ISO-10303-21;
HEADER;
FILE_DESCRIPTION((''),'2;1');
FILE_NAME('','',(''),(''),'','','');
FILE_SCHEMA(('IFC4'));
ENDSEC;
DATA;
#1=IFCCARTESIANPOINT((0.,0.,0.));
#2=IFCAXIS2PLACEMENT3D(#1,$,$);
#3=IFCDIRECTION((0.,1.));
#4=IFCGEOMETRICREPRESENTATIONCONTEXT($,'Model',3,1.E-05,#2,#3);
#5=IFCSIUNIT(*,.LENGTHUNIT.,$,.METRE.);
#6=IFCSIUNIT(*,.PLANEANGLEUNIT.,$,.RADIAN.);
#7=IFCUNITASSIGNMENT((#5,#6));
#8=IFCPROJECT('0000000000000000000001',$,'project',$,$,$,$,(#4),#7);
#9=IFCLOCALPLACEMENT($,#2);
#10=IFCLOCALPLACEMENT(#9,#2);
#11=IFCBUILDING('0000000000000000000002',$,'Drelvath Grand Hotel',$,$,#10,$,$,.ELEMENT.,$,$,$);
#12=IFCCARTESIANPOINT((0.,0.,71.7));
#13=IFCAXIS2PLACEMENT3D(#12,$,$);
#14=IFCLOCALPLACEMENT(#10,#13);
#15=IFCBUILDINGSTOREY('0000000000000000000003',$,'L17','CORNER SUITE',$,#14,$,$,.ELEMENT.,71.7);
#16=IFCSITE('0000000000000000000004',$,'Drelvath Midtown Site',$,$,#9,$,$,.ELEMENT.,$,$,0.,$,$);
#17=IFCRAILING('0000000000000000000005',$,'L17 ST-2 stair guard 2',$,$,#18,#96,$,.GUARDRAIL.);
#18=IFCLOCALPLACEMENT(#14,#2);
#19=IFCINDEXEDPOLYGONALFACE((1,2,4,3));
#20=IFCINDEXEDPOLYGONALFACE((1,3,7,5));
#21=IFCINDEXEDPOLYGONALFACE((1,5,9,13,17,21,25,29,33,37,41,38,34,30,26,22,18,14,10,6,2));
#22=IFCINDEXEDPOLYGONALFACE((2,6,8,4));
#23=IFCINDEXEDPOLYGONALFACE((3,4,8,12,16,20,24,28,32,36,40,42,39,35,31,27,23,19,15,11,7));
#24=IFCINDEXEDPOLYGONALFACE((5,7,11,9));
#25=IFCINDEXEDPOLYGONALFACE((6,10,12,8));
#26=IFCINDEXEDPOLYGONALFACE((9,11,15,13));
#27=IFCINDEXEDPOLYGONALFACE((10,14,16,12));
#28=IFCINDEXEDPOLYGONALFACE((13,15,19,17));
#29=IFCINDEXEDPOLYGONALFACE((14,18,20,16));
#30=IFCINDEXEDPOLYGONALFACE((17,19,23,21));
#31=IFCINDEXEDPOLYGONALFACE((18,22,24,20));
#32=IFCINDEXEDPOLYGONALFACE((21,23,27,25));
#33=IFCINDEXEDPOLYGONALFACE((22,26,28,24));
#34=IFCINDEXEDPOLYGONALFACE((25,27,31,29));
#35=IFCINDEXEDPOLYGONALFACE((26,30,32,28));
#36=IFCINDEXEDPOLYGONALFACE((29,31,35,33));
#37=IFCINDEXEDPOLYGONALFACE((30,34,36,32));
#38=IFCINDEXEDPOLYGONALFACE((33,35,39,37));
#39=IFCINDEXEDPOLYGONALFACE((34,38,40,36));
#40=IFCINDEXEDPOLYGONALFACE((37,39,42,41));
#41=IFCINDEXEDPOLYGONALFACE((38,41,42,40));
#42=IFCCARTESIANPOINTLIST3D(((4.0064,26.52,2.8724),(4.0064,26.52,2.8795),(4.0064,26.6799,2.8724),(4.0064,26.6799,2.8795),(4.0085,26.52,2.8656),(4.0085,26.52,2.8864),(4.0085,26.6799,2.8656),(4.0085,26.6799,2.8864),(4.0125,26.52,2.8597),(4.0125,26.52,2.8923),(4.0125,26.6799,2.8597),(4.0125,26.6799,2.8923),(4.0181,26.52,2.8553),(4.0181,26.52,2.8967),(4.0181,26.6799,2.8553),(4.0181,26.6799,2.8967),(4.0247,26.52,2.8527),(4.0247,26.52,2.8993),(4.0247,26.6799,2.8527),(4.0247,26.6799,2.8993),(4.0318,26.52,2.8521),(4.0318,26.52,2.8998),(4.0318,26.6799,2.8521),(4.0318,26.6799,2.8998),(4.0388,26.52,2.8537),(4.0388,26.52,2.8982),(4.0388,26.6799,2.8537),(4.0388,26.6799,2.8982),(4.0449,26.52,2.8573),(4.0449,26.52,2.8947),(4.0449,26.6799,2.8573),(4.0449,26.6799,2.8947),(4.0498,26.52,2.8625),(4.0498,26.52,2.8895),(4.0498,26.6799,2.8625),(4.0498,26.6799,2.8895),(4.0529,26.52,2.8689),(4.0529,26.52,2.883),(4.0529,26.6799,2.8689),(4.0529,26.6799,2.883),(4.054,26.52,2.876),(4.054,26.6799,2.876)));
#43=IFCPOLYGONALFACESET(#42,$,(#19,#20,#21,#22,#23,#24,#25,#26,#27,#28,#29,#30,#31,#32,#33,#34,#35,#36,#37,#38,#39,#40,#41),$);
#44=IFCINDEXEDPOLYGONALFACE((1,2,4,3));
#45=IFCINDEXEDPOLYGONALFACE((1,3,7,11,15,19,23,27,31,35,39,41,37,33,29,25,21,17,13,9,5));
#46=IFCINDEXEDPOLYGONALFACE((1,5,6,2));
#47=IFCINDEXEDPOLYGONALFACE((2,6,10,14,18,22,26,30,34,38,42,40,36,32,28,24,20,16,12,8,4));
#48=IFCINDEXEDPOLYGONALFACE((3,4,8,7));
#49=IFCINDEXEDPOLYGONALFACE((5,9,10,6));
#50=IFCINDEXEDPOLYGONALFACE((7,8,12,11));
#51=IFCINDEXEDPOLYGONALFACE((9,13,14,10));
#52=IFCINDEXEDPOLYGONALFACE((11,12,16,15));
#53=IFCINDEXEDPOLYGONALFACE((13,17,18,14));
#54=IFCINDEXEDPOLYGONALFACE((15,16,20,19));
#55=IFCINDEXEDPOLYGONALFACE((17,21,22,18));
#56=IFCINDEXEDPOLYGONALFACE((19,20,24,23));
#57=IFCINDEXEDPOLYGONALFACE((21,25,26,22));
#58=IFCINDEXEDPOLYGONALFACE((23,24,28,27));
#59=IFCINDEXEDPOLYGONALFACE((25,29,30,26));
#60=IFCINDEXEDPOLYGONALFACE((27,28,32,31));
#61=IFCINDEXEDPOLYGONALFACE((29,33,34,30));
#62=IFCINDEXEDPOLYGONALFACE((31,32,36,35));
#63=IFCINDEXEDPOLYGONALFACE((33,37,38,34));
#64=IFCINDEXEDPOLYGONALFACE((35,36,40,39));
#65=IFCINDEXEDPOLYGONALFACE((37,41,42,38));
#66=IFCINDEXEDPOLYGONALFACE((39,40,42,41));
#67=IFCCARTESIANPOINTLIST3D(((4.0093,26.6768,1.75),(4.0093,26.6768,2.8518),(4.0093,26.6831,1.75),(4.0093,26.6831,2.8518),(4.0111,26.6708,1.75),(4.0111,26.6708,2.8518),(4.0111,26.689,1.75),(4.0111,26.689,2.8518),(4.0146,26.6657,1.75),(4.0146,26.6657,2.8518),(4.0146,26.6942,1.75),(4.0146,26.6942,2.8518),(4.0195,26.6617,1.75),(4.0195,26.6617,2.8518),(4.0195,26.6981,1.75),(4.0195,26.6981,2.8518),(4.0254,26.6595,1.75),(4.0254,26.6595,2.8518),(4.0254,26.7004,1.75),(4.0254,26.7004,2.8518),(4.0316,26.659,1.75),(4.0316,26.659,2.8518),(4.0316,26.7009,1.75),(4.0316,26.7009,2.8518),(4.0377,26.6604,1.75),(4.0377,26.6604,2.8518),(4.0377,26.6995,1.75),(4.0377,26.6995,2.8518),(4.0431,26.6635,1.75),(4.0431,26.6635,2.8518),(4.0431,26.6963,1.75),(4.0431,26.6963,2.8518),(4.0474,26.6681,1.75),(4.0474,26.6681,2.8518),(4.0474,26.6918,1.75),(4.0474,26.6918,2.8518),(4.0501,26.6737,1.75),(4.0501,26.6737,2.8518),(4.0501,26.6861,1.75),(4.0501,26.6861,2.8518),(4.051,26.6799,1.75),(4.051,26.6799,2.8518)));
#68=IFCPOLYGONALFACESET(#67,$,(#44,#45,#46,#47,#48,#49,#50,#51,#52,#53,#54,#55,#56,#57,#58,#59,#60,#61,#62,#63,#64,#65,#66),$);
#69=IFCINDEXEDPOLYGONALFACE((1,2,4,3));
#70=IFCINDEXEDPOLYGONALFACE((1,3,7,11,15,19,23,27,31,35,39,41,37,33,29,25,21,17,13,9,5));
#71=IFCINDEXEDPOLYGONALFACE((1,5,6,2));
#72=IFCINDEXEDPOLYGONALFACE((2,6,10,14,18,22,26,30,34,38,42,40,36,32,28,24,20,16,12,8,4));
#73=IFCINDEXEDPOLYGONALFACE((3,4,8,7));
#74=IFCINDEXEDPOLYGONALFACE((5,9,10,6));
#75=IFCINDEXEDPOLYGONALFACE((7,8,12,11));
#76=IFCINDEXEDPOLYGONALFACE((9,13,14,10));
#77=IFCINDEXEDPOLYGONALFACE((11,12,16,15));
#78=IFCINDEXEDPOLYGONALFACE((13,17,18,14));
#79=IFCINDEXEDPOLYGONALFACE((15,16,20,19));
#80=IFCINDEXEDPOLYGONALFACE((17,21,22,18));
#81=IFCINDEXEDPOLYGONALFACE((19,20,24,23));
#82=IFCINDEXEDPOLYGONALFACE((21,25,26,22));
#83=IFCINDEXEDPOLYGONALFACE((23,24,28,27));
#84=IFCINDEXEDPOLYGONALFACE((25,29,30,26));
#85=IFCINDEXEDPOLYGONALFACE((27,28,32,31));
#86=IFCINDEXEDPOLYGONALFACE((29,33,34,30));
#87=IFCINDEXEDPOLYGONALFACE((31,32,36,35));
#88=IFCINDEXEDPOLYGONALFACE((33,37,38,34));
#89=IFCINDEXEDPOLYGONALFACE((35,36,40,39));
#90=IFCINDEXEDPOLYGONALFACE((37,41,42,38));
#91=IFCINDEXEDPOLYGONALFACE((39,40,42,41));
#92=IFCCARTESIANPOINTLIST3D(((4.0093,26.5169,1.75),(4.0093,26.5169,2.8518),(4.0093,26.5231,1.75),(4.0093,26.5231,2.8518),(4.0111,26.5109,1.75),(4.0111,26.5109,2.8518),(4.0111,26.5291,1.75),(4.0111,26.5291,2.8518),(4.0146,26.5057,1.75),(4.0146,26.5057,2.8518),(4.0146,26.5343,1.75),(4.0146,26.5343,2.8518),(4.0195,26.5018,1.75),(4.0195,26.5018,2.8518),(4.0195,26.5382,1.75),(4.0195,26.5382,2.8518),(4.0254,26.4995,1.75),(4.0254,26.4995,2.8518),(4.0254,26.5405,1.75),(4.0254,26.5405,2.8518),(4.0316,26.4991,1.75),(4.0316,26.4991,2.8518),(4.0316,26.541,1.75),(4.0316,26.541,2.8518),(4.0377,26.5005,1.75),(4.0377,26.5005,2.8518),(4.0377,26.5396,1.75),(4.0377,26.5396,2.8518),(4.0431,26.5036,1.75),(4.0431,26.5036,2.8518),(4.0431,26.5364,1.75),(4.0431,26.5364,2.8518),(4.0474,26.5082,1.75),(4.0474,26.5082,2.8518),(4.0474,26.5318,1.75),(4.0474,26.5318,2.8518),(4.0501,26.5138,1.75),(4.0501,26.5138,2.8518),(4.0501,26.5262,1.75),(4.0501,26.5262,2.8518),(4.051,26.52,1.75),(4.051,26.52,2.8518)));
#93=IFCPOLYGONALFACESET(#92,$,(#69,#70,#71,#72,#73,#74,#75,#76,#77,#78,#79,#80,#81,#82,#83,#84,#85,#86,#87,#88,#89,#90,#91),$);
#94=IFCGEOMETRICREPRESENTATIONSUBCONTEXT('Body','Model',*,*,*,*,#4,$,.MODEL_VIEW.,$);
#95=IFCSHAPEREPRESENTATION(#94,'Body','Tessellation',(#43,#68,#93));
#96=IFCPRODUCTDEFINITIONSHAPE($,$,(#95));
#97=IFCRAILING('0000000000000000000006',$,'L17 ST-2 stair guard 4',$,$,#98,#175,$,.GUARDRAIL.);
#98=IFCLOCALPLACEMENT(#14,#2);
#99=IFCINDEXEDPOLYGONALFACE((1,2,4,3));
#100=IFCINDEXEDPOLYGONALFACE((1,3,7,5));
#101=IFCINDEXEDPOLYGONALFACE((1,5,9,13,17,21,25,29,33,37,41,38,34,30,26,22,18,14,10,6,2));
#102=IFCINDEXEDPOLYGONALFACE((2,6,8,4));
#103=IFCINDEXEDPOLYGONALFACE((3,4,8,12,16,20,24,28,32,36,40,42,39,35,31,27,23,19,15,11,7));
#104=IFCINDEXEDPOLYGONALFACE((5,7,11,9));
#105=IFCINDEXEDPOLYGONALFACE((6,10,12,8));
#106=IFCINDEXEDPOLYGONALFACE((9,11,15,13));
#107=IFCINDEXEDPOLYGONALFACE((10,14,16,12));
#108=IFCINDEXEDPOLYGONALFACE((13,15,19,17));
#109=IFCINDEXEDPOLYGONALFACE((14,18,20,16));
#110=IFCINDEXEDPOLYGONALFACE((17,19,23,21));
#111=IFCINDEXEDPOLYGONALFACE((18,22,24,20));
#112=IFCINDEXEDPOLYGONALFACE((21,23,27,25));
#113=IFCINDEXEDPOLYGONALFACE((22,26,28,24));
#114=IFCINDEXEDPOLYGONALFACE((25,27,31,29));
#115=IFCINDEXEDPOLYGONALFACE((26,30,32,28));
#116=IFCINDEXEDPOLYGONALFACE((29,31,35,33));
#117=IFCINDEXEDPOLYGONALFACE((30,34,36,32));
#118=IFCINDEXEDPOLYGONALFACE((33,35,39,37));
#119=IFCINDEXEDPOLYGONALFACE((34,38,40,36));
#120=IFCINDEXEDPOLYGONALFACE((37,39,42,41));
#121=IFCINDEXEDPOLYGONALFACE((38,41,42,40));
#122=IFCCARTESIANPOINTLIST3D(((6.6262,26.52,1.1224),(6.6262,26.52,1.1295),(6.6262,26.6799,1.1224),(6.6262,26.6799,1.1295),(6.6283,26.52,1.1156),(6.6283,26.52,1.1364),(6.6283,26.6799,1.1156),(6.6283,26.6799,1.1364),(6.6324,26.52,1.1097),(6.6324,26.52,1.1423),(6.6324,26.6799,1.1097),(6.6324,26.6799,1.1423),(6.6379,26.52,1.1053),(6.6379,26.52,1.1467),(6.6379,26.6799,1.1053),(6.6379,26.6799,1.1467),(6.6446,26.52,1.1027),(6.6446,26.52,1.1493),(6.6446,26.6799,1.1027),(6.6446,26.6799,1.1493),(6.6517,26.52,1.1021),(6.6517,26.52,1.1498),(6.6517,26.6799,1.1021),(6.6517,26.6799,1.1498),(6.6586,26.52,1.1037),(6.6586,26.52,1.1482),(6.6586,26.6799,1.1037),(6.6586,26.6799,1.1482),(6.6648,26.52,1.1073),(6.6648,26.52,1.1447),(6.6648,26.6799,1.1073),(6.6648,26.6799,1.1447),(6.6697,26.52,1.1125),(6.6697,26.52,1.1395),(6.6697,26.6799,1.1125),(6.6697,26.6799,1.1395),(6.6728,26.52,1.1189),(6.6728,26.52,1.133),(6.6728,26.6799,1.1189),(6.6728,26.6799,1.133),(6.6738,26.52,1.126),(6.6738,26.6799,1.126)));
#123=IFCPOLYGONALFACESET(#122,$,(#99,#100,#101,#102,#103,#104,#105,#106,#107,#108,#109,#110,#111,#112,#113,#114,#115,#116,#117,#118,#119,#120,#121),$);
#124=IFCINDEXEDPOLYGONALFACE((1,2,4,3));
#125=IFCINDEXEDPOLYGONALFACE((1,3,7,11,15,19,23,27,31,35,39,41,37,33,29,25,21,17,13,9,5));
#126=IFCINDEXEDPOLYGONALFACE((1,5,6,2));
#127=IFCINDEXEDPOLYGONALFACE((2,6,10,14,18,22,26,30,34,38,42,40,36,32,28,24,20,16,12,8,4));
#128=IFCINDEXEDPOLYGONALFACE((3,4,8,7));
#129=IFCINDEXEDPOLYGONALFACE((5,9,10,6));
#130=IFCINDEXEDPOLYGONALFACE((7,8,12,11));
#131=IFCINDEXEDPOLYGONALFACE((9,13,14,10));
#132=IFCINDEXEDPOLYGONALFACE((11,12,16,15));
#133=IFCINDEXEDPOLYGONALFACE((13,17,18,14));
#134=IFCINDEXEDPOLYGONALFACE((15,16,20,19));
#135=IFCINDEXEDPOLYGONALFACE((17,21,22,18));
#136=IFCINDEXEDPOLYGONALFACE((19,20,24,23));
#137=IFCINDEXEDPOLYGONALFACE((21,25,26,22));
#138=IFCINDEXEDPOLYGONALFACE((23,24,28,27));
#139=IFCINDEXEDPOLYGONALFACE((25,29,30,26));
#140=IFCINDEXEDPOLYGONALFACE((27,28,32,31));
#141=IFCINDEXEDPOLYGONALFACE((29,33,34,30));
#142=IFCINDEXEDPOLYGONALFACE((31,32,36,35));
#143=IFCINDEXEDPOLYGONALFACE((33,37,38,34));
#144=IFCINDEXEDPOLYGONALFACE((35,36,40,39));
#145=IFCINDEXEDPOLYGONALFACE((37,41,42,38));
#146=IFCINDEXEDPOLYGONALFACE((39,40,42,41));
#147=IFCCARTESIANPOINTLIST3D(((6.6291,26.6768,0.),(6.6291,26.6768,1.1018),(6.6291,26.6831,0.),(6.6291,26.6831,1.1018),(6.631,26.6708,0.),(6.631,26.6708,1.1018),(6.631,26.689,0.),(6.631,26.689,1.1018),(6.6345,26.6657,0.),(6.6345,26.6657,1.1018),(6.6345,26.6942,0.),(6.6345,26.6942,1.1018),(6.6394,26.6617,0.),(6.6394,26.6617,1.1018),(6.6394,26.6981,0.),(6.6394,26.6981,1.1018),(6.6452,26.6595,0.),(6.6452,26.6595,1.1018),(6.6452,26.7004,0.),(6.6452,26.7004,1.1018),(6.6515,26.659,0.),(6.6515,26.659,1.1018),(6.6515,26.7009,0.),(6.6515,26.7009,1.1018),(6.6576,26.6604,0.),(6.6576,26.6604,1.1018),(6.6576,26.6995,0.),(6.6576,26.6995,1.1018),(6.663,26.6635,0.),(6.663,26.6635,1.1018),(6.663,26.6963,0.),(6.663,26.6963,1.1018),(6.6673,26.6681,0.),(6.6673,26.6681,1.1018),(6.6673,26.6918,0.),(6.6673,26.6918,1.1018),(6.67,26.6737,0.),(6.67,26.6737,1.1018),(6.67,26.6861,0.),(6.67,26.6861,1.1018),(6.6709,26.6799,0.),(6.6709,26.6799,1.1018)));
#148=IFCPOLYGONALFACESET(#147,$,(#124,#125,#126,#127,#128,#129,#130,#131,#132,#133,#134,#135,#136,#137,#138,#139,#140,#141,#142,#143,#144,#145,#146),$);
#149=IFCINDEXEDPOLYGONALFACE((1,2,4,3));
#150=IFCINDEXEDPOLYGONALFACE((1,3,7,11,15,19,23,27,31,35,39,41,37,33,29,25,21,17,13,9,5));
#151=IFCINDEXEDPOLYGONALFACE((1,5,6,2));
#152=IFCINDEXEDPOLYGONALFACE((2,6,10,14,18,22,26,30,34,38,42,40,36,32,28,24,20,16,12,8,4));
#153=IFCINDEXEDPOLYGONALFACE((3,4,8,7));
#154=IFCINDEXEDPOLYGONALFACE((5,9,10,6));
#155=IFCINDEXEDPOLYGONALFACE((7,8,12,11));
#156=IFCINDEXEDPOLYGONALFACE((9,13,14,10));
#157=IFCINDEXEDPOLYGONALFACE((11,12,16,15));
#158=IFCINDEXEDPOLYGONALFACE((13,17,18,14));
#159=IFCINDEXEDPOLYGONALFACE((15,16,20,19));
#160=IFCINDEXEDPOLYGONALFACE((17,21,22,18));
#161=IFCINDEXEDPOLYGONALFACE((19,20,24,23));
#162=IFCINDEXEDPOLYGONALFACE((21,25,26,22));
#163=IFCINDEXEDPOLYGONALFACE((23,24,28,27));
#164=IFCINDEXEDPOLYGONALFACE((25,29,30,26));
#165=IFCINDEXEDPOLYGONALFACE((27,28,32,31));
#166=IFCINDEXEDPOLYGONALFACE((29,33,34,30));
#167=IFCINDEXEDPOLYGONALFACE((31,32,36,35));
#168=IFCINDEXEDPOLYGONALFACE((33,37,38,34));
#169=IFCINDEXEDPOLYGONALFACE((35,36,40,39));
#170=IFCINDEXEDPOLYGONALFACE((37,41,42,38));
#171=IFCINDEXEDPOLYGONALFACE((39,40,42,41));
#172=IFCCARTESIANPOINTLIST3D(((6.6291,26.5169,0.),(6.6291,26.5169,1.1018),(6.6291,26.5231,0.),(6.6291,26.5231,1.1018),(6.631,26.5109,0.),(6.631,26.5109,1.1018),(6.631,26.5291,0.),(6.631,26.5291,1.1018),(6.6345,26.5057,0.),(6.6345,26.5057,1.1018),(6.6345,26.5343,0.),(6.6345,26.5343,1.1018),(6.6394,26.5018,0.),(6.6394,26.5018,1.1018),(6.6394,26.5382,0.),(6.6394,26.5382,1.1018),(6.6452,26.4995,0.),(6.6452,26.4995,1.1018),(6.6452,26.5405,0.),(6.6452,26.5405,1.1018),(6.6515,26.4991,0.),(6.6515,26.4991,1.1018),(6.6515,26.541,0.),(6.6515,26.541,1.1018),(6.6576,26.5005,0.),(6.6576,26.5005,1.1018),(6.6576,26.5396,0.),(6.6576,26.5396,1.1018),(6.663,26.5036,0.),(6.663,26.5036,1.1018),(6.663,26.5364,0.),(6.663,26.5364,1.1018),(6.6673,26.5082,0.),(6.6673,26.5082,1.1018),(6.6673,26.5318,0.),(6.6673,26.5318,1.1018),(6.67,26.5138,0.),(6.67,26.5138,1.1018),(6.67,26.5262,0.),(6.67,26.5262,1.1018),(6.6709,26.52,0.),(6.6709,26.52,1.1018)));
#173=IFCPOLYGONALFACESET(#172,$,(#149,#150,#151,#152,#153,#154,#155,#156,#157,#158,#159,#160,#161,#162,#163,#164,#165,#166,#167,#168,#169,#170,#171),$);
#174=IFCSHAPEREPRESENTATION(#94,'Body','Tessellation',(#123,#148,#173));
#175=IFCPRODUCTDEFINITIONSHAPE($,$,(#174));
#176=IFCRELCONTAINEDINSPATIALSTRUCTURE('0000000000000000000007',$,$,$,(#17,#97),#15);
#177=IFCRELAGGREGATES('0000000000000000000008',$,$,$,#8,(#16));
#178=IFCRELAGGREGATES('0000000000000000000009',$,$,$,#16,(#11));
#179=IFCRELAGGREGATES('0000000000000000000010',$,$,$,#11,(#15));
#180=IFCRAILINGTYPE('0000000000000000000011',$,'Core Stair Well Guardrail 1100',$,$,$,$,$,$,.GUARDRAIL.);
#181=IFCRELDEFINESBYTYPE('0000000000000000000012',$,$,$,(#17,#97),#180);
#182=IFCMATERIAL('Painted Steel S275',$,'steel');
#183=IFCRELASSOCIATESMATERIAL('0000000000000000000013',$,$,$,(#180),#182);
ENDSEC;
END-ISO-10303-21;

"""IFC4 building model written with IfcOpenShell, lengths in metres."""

from ifc_helpers import new_model, si_unit, direction, frame, origin, origin_2d, place, context, subcontext, project, spatial, circle, extrude, material, type_object, element, save


model = new_model("IFC4")

# Units and contexts
model_context = context("Model", 3, precision=1e-05, world=origin(), true_north=direction((0.0, 1.0)))
body_context = subcontext(model_context, "Body", "Model", "MODEL_VIEW")
ifc_project = project(units=[si_unit("LENGTHUNIT", "METRE"), si_unit("PLANEANGLEUNIT", "RADIAN")], contexts=[model_context])

# Site, building, storey
site_placement = place(None, origin())
site = spatial("IfcSite", under=ifc_project, at=site_placement, Name="Drelvath Midtown Site", CompositionType="ELEMENT", RefElevation=0.0)
building_placement = place(site_placement, origin())
building = spatial("IfcBuilding", under=site, at=building_placement, Name="Drelvath Grand Hotel", CompositionType="ELEMENT")
storey_placement = place(building_placement, frame((0.0, 0.0, 71.7)))
storey = spatial("IfcBuildingStorey", under=building, at=storey_placement, Name="L17", Description="CORNER SUITE", CompositionType="ELEMENT", Elevation=71.7)

# Shared definitions
ifc_material_1 = material(Name="Painted Steel S275", Category="steel")

# Railings
railing_type_1 = type_object("IfcRailingType", Name="Core Stair Well Guardrail 1100", PredefinedType="GUARDRAIL", material=ifc_material_1)
for number, where, name in (
    (1, (4.03, 26.6799, 1.75), "L17 ST-2 stair guard 2"),
    (2, (6.6499, 26.6799, 0.0), "L17 ST-2 stair guard 4"),
):
    element("IfcRailing", number, at=place(storey_placement, frame(where)), inside=storey, type_object=railing_type_1, Name=name, PredefinedType="GUARDRAIL", context=body_context, shape_type="SweptSolid", body=[
        extrude(circle(Radius=0.0239, at=origin_2d()), frame((0.0, 0.0, 1.126), z_axis=(0.0, -1.0, 0.0), x_axis=(1.0, 0.0, 0.0)), (0.0, 0.0, 1.0), 0.1599),
        extrude(circle(Radius=0.021, at=origin_2d()), origin(), (0.0, 0.0, 1.0), 1.1018),
        extrude(circle(Radius=0.021, at=origin_2d()), frame((0.0, -0.1599, 0.0)), (0.0, 0.0, 1.0), 1.1018),
    ])

save(model, "model.ifc")
